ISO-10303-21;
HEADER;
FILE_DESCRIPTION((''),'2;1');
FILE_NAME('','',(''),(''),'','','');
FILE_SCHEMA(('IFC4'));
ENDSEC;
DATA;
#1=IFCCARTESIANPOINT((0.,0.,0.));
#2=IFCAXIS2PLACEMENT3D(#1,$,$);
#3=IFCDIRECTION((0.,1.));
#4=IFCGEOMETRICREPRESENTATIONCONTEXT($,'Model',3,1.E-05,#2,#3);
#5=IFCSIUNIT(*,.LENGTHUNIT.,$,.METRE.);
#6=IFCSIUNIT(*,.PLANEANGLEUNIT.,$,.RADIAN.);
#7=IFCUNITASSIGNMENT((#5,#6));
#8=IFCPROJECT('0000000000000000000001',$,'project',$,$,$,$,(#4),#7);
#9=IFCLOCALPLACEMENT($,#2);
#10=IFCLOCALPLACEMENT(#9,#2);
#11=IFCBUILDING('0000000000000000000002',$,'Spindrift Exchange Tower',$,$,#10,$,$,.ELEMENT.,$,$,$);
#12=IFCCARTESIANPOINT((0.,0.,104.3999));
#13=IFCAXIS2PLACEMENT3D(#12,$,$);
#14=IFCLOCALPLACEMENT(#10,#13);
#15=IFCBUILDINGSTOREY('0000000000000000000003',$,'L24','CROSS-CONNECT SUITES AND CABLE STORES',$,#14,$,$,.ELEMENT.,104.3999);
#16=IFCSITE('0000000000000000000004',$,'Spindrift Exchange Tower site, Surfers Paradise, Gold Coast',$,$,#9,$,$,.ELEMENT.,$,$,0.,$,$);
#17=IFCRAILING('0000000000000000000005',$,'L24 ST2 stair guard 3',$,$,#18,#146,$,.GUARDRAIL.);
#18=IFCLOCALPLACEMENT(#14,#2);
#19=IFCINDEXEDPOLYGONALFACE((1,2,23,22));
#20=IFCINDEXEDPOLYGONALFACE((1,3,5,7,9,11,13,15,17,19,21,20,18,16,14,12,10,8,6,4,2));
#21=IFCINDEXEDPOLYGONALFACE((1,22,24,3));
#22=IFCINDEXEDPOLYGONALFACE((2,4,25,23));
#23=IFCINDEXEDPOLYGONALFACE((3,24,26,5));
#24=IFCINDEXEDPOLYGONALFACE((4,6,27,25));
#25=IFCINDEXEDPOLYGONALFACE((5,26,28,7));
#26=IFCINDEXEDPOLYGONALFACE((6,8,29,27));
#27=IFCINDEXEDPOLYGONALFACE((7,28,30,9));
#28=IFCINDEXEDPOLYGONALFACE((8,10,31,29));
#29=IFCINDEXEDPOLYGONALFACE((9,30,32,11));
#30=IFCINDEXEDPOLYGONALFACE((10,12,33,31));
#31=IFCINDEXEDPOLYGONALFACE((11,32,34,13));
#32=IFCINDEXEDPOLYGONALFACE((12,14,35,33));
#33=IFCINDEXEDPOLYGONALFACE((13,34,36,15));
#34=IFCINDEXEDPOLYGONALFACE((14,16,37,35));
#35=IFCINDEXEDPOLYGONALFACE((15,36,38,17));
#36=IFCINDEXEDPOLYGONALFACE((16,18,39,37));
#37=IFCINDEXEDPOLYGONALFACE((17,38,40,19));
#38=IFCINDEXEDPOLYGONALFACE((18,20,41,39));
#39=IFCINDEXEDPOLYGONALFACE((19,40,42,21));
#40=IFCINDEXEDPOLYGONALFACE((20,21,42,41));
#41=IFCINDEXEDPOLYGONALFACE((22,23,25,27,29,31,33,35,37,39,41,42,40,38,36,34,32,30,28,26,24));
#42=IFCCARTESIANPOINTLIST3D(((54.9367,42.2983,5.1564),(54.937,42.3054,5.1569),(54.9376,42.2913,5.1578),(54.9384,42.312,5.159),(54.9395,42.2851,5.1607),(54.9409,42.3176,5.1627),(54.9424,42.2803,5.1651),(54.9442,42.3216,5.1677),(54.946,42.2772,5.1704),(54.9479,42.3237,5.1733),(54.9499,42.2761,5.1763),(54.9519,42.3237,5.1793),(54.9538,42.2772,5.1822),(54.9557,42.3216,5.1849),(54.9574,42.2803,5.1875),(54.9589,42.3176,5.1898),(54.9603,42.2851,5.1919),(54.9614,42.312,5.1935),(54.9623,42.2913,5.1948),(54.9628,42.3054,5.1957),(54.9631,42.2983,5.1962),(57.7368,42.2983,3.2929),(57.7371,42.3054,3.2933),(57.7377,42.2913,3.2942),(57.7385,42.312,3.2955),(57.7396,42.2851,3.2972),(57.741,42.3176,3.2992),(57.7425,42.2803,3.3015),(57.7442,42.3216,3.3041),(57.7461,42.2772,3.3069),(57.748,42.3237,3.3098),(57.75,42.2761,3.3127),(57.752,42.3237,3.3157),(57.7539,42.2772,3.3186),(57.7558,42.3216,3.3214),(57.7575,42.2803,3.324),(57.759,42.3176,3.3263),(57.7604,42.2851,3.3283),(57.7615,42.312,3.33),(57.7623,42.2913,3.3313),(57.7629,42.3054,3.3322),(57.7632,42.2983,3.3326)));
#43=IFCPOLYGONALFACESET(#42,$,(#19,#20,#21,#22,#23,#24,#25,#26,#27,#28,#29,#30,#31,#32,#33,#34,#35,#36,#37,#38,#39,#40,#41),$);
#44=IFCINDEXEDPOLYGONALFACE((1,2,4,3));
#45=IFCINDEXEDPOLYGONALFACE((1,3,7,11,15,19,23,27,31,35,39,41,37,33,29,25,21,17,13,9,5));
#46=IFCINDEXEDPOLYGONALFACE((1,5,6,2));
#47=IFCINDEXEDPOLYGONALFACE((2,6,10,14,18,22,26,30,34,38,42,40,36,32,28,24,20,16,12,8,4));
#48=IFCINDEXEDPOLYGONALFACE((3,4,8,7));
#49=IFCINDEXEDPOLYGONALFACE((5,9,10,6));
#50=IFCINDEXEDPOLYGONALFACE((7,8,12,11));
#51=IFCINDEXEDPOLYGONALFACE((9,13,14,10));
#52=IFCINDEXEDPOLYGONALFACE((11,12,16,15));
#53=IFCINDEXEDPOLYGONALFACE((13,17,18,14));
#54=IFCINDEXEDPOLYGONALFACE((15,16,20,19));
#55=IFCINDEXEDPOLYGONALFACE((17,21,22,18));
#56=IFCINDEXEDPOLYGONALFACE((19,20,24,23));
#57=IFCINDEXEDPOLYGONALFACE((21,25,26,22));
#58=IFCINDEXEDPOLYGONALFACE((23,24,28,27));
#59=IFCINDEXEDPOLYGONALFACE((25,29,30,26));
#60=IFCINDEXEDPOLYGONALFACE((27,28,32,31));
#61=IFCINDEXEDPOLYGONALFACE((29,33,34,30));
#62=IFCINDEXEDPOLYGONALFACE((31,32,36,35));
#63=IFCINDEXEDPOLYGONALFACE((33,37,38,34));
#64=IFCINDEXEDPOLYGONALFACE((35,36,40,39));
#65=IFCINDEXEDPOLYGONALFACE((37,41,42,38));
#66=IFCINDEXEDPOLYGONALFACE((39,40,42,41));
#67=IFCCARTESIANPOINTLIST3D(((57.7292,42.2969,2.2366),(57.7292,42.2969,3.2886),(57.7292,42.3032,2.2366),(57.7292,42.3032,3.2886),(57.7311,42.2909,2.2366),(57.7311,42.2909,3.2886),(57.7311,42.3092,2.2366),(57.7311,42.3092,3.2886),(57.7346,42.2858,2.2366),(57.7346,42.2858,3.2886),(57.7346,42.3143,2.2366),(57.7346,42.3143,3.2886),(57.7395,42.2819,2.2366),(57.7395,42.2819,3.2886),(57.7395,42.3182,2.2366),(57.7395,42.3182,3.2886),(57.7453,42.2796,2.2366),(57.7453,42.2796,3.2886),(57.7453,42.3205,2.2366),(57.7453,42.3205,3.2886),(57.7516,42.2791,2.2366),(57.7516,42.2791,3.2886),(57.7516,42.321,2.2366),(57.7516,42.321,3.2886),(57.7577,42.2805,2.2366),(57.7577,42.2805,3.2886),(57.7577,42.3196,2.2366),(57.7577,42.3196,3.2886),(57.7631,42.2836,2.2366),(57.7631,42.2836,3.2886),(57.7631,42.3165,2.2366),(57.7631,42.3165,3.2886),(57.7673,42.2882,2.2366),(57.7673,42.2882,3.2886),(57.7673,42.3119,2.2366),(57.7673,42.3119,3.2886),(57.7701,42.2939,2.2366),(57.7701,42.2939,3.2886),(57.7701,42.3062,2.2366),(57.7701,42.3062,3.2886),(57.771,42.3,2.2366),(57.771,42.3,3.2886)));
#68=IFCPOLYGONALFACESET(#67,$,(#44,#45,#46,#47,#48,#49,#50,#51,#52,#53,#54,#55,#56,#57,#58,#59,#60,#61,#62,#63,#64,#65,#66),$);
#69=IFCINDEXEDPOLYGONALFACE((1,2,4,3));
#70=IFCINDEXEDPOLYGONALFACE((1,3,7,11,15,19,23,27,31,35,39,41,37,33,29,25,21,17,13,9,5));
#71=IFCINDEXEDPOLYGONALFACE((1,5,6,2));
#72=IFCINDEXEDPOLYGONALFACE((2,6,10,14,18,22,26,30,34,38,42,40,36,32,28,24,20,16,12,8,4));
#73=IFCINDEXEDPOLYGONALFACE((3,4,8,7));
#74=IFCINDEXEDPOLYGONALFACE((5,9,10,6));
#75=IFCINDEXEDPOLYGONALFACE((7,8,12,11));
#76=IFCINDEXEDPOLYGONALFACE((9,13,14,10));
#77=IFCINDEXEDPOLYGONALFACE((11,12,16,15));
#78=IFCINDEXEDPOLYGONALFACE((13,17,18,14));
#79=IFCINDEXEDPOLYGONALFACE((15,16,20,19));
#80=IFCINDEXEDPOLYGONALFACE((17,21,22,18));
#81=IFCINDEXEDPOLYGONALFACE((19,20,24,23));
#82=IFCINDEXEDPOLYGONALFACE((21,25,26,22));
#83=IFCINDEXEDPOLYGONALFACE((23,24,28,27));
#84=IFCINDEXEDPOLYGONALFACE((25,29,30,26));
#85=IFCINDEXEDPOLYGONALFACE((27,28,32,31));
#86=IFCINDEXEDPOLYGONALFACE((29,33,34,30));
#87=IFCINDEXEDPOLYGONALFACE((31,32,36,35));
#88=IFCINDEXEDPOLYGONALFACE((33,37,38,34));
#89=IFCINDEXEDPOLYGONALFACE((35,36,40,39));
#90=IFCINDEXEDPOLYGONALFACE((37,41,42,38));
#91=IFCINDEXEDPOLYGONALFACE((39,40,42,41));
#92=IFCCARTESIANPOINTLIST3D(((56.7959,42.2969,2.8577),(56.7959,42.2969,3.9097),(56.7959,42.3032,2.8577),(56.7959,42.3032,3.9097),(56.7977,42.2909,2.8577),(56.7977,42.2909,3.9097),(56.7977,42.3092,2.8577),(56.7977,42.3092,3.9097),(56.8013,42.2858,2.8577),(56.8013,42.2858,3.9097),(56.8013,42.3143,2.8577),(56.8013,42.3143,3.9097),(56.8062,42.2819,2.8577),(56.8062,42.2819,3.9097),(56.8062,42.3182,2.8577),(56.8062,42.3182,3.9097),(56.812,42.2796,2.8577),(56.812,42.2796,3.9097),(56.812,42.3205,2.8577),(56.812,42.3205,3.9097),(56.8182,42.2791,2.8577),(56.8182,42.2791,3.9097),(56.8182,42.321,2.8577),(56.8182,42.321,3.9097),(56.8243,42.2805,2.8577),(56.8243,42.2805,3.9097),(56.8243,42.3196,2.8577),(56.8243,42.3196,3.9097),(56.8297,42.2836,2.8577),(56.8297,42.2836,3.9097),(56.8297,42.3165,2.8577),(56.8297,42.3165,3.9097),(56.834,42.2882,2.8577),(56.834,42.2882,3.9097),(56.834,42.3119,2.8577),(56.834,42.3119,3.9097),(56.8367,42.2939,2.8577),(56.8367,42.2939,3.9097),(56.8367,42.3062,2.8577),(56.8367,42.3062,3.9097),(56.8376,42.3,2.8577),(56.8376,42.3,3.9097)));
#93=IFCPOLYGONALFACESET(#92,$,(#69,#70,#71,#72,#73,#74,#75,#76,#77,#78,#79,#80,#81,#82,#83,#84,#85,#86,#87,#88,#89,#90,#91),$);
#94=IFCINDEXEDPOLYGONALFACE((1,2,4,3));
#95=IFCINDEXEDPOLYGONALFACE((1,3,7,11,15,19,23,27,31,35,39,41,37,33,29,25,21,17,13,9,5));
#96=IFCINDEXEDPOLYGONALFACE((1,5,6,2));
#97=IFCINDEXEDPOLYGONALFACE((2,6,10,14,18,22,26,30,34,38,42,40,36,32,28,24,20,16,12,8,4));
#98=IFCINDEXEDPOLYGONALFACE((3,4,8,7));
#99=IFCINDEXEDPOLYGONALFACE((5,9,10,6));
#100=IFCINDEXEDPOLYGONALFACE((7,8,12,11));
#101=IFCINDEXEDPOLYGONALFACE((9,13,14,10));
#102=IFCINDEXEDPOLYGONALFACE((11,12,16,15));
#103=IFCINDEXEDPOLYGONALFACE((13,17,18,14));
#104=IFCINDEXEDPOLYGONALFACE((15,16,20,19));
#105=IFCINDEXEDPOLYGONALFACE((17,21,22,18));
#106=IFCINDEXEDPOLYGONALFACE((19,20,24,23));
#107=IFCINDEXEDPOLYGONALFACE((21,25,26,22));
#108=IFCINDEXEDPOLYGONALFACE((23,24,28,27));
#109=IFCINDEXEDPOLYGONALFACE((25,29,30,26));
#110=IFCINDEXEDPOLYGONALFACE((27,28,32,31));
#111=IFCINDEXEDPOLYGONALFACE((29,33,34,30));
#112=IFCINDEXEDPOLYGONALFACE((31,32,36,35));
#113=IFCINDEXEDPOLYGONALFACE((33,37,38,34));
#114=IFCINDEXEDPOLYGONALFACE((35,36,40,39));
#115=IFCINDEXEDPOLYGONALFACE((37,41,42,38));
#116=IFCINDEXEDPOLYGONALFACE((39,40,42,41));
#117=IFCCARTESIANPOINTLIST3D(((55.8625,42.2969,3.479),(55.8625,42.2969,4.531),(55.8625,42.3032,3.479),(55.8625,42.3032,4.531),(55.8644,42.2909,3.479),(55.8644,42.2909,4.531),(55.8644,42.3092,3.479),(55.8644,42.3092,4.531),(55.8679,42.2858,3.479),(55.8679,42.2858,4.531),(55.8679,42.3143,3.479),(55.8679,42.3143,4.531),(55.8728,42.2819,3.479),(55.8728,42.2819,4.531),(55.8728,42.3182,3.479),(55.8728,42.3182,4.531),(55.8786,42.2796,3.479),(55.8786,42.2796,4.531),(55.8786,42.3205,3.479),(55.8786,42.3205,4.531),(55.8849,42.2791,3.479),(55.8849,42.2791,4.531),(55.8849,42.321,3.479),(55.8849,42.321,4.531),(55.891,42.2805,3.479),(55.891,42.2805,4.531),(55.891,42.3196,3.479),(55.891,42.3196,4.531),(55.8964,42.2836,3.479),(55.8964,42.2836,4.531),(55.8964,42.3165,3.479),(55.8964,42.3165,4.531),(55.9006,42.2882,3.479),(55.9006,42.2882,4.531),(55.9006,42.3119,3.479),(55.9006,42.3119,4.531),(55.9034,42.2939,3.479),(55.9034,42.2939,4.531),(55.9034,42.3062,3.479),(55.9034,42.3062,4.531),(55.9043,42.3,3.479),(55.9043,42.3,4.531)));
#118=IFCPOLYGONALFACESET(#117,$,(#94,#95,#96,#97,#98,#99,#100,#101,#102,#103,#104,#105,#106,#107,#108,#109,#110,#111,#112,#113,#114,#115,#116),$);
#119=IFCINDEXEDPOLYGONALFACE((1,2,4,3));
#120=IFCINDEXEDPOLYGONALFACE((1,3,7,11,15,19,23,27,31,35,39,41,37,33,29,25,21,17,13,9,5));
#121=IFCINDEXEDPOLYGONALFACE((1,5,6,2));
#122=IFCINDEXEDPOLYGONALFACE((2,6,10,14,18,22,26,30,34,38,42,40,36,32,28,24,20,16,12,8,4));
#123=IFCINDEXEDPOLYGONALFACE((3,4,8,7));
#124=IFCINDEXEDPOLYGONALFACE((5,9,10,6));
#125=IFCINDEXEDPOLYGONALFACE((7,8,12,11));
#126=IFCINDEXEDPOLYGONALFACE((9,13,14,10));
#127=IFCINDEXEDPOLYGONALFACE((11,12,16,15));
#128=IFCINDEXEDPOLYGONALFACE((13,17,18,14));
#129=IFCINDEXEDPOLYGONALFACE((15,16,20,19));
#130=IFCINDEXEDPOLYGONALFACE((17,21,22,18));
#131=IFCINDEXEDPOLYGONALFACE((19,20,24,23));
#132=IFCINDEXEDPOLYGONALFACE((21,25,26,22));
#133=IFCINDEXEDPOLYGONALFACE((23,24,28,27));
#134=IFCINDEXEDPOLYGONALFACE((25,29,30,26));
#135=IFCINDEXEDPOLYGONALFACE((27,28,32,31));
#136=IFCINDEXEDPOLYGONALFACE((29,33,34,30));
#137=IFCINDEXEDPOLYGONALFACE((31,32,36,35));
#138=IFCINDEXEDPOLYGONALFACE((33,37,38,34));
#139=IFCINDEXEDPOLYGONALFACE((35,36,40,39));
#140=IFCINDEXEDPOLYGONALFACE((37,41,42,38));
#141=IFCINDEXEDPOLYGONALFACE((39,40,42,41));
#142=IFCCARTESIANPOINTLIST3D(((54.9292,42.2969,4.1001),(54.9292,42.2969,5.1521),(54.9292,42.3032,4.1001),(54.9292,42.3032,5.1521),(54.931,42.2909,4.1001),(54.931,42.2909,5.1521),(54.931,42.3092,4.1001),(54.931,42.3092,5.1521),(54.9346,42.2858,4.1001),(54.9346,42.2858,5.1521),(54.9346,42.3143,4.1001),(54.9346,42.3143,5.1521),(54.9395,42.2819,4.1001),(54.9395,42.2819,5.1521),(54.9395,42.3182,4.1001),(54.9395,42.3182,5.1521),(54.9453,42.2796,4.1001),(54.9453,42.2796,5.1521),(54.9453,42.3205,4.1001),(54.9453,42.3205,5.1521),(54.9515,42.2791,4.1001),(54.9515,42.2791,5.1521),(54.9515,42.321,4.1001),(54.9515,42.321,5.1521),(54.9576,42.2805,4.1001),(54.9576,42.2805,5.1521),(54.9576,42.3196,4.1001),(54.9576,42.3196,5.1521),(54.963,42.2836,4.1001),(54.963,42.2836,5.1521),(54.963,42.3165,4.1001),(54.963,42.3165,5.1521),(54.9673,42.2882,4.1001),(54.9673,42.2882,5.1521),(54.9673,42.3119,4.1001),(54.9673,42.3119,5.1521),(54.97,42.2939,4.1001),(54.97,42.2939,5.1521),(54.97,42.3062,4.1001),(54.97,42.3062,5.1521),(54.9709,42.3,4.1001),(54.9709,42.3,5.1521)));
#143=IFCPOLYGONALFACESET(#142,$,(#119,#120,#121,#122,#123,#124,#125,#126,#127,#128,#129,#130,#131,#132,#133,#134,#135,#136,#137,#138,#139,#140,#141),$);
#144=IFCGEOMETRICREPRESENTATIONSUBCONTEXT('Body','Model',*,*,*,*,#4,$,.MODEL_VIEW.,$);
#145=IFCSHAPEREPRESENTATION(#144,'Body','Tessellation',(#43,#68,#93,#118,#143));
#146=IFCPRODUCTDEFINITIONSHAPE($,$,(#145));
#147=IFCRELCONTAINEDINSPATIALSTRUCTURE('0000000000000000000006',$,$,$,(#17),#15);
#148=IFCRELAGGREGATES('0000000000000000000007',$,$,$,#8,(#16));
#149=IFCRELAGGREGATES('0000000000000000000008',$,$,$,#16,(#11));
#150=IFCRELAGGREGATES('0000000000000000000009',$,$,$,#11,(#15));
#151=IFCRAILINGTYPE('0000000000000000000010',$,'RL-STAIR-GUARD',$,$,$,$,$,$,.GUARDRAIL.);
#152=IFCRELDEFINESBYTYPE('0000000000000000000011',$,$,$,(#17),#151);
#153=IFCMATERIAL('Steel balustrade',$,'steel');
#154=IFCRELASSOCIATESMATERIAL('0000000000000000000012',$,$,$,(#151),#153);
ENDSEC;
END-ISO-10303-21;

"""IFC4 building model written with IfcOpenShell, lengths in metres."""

from ifc_helpers import new_model, si_unit, direction, frame, origin, origin_2d, place, context, subcontext, project, spatial, circle, extrude, material, type_object, element, save


model = new_model("IFC4")

# Units and contexts
model_context = context("Model", 3, precision=1e-05, world=origin(), true_north=direction((0.0, 1.0)))
body_context = subcontext(model_context, "Body", "Model", "MODEL_VIEW")
ifc_project = project(units=[si_unit("LENGTHUNIT", "METRE"), si_unit("PLANEANGLEUNIT", "RADIAN")], contexts=[model_context])

# Site, building, storey
site_placement = place(None, origin())
site = spatial("IfcSite", under=ifc_project, at=site_placement, Name="Spindrift Exchange Tower site, Surfers Paradise, Gold Coast", CompositionType="ELEMENT", RefElevation=0.0)
building_placement = place(site_placement, origin())
building = spatial("IfcBuilding", under=site, at=building_placement, Name="Spindrift Exchange Tower", CompositionType="ELEMENT")
storey_placement = place(building_placement, frame((0.0, 0.0, 104.3999)))
storey = spatial("IfcBuildingStorey", under=building, at=storey_placement, Name="L24", Description="CROSS-CONNECT SUITES AND CABLE STORES", CompositionType="ELEMENT", Elevation=104.3999)

# Railing
ifc_material_1 = material(Name="Steel balustrade", Category="steel")
railing_type_1 = type_object("IfcRailingType", Name="RL-STAIR-GUARD", PredefinedType="GUARDRAIL", material=ifc_material_1)
railing_1_placement = place(storey_placement, frame((57.75, 42.3, 2.2366)))
element("IfcRailing", 1, at=railing_1_placement, inside=storey, type_object=railing_type_1, Name="L24 ST2 stair guard 3", PredefinedType="GUARDRAIL", context=body_context, shape_type="SweptSolid", body=[
    extrude(circle(Radius=0.0239, at=origin_2d()), frame((0.0, 0.0, 1.0762), z_axis=(-0.832486, 0.0, 0.554047), x_axis=(0.0, -1.0, 0.0)), (0.0, 0.0, 1.0), 3.3635),
    extrude(circle(Radius=0.021, at=origin_2d()), origin(), (0.0, 0.0, 1.0), 1.052),
    extrude(circle(Radius=0.021, at=origin_2d()), frame((-0.9333, 0.0, 0.6211)), (0.0, 0.0, 1.0), 1.052),
    extrude(circle(Radius=0.021, at=origin_2d()), frame((-1.8667, 0.0, 1.2424)), (0.0, 0.0, 1.0), 1.052),
    extrude(circle(Radius=0.021, at=origin_2d()), frame((-2.8, 0.0, 1.8635)), (0.0, 0.0, 1.0), 1.052),
])

save(model, "model.ifc")
